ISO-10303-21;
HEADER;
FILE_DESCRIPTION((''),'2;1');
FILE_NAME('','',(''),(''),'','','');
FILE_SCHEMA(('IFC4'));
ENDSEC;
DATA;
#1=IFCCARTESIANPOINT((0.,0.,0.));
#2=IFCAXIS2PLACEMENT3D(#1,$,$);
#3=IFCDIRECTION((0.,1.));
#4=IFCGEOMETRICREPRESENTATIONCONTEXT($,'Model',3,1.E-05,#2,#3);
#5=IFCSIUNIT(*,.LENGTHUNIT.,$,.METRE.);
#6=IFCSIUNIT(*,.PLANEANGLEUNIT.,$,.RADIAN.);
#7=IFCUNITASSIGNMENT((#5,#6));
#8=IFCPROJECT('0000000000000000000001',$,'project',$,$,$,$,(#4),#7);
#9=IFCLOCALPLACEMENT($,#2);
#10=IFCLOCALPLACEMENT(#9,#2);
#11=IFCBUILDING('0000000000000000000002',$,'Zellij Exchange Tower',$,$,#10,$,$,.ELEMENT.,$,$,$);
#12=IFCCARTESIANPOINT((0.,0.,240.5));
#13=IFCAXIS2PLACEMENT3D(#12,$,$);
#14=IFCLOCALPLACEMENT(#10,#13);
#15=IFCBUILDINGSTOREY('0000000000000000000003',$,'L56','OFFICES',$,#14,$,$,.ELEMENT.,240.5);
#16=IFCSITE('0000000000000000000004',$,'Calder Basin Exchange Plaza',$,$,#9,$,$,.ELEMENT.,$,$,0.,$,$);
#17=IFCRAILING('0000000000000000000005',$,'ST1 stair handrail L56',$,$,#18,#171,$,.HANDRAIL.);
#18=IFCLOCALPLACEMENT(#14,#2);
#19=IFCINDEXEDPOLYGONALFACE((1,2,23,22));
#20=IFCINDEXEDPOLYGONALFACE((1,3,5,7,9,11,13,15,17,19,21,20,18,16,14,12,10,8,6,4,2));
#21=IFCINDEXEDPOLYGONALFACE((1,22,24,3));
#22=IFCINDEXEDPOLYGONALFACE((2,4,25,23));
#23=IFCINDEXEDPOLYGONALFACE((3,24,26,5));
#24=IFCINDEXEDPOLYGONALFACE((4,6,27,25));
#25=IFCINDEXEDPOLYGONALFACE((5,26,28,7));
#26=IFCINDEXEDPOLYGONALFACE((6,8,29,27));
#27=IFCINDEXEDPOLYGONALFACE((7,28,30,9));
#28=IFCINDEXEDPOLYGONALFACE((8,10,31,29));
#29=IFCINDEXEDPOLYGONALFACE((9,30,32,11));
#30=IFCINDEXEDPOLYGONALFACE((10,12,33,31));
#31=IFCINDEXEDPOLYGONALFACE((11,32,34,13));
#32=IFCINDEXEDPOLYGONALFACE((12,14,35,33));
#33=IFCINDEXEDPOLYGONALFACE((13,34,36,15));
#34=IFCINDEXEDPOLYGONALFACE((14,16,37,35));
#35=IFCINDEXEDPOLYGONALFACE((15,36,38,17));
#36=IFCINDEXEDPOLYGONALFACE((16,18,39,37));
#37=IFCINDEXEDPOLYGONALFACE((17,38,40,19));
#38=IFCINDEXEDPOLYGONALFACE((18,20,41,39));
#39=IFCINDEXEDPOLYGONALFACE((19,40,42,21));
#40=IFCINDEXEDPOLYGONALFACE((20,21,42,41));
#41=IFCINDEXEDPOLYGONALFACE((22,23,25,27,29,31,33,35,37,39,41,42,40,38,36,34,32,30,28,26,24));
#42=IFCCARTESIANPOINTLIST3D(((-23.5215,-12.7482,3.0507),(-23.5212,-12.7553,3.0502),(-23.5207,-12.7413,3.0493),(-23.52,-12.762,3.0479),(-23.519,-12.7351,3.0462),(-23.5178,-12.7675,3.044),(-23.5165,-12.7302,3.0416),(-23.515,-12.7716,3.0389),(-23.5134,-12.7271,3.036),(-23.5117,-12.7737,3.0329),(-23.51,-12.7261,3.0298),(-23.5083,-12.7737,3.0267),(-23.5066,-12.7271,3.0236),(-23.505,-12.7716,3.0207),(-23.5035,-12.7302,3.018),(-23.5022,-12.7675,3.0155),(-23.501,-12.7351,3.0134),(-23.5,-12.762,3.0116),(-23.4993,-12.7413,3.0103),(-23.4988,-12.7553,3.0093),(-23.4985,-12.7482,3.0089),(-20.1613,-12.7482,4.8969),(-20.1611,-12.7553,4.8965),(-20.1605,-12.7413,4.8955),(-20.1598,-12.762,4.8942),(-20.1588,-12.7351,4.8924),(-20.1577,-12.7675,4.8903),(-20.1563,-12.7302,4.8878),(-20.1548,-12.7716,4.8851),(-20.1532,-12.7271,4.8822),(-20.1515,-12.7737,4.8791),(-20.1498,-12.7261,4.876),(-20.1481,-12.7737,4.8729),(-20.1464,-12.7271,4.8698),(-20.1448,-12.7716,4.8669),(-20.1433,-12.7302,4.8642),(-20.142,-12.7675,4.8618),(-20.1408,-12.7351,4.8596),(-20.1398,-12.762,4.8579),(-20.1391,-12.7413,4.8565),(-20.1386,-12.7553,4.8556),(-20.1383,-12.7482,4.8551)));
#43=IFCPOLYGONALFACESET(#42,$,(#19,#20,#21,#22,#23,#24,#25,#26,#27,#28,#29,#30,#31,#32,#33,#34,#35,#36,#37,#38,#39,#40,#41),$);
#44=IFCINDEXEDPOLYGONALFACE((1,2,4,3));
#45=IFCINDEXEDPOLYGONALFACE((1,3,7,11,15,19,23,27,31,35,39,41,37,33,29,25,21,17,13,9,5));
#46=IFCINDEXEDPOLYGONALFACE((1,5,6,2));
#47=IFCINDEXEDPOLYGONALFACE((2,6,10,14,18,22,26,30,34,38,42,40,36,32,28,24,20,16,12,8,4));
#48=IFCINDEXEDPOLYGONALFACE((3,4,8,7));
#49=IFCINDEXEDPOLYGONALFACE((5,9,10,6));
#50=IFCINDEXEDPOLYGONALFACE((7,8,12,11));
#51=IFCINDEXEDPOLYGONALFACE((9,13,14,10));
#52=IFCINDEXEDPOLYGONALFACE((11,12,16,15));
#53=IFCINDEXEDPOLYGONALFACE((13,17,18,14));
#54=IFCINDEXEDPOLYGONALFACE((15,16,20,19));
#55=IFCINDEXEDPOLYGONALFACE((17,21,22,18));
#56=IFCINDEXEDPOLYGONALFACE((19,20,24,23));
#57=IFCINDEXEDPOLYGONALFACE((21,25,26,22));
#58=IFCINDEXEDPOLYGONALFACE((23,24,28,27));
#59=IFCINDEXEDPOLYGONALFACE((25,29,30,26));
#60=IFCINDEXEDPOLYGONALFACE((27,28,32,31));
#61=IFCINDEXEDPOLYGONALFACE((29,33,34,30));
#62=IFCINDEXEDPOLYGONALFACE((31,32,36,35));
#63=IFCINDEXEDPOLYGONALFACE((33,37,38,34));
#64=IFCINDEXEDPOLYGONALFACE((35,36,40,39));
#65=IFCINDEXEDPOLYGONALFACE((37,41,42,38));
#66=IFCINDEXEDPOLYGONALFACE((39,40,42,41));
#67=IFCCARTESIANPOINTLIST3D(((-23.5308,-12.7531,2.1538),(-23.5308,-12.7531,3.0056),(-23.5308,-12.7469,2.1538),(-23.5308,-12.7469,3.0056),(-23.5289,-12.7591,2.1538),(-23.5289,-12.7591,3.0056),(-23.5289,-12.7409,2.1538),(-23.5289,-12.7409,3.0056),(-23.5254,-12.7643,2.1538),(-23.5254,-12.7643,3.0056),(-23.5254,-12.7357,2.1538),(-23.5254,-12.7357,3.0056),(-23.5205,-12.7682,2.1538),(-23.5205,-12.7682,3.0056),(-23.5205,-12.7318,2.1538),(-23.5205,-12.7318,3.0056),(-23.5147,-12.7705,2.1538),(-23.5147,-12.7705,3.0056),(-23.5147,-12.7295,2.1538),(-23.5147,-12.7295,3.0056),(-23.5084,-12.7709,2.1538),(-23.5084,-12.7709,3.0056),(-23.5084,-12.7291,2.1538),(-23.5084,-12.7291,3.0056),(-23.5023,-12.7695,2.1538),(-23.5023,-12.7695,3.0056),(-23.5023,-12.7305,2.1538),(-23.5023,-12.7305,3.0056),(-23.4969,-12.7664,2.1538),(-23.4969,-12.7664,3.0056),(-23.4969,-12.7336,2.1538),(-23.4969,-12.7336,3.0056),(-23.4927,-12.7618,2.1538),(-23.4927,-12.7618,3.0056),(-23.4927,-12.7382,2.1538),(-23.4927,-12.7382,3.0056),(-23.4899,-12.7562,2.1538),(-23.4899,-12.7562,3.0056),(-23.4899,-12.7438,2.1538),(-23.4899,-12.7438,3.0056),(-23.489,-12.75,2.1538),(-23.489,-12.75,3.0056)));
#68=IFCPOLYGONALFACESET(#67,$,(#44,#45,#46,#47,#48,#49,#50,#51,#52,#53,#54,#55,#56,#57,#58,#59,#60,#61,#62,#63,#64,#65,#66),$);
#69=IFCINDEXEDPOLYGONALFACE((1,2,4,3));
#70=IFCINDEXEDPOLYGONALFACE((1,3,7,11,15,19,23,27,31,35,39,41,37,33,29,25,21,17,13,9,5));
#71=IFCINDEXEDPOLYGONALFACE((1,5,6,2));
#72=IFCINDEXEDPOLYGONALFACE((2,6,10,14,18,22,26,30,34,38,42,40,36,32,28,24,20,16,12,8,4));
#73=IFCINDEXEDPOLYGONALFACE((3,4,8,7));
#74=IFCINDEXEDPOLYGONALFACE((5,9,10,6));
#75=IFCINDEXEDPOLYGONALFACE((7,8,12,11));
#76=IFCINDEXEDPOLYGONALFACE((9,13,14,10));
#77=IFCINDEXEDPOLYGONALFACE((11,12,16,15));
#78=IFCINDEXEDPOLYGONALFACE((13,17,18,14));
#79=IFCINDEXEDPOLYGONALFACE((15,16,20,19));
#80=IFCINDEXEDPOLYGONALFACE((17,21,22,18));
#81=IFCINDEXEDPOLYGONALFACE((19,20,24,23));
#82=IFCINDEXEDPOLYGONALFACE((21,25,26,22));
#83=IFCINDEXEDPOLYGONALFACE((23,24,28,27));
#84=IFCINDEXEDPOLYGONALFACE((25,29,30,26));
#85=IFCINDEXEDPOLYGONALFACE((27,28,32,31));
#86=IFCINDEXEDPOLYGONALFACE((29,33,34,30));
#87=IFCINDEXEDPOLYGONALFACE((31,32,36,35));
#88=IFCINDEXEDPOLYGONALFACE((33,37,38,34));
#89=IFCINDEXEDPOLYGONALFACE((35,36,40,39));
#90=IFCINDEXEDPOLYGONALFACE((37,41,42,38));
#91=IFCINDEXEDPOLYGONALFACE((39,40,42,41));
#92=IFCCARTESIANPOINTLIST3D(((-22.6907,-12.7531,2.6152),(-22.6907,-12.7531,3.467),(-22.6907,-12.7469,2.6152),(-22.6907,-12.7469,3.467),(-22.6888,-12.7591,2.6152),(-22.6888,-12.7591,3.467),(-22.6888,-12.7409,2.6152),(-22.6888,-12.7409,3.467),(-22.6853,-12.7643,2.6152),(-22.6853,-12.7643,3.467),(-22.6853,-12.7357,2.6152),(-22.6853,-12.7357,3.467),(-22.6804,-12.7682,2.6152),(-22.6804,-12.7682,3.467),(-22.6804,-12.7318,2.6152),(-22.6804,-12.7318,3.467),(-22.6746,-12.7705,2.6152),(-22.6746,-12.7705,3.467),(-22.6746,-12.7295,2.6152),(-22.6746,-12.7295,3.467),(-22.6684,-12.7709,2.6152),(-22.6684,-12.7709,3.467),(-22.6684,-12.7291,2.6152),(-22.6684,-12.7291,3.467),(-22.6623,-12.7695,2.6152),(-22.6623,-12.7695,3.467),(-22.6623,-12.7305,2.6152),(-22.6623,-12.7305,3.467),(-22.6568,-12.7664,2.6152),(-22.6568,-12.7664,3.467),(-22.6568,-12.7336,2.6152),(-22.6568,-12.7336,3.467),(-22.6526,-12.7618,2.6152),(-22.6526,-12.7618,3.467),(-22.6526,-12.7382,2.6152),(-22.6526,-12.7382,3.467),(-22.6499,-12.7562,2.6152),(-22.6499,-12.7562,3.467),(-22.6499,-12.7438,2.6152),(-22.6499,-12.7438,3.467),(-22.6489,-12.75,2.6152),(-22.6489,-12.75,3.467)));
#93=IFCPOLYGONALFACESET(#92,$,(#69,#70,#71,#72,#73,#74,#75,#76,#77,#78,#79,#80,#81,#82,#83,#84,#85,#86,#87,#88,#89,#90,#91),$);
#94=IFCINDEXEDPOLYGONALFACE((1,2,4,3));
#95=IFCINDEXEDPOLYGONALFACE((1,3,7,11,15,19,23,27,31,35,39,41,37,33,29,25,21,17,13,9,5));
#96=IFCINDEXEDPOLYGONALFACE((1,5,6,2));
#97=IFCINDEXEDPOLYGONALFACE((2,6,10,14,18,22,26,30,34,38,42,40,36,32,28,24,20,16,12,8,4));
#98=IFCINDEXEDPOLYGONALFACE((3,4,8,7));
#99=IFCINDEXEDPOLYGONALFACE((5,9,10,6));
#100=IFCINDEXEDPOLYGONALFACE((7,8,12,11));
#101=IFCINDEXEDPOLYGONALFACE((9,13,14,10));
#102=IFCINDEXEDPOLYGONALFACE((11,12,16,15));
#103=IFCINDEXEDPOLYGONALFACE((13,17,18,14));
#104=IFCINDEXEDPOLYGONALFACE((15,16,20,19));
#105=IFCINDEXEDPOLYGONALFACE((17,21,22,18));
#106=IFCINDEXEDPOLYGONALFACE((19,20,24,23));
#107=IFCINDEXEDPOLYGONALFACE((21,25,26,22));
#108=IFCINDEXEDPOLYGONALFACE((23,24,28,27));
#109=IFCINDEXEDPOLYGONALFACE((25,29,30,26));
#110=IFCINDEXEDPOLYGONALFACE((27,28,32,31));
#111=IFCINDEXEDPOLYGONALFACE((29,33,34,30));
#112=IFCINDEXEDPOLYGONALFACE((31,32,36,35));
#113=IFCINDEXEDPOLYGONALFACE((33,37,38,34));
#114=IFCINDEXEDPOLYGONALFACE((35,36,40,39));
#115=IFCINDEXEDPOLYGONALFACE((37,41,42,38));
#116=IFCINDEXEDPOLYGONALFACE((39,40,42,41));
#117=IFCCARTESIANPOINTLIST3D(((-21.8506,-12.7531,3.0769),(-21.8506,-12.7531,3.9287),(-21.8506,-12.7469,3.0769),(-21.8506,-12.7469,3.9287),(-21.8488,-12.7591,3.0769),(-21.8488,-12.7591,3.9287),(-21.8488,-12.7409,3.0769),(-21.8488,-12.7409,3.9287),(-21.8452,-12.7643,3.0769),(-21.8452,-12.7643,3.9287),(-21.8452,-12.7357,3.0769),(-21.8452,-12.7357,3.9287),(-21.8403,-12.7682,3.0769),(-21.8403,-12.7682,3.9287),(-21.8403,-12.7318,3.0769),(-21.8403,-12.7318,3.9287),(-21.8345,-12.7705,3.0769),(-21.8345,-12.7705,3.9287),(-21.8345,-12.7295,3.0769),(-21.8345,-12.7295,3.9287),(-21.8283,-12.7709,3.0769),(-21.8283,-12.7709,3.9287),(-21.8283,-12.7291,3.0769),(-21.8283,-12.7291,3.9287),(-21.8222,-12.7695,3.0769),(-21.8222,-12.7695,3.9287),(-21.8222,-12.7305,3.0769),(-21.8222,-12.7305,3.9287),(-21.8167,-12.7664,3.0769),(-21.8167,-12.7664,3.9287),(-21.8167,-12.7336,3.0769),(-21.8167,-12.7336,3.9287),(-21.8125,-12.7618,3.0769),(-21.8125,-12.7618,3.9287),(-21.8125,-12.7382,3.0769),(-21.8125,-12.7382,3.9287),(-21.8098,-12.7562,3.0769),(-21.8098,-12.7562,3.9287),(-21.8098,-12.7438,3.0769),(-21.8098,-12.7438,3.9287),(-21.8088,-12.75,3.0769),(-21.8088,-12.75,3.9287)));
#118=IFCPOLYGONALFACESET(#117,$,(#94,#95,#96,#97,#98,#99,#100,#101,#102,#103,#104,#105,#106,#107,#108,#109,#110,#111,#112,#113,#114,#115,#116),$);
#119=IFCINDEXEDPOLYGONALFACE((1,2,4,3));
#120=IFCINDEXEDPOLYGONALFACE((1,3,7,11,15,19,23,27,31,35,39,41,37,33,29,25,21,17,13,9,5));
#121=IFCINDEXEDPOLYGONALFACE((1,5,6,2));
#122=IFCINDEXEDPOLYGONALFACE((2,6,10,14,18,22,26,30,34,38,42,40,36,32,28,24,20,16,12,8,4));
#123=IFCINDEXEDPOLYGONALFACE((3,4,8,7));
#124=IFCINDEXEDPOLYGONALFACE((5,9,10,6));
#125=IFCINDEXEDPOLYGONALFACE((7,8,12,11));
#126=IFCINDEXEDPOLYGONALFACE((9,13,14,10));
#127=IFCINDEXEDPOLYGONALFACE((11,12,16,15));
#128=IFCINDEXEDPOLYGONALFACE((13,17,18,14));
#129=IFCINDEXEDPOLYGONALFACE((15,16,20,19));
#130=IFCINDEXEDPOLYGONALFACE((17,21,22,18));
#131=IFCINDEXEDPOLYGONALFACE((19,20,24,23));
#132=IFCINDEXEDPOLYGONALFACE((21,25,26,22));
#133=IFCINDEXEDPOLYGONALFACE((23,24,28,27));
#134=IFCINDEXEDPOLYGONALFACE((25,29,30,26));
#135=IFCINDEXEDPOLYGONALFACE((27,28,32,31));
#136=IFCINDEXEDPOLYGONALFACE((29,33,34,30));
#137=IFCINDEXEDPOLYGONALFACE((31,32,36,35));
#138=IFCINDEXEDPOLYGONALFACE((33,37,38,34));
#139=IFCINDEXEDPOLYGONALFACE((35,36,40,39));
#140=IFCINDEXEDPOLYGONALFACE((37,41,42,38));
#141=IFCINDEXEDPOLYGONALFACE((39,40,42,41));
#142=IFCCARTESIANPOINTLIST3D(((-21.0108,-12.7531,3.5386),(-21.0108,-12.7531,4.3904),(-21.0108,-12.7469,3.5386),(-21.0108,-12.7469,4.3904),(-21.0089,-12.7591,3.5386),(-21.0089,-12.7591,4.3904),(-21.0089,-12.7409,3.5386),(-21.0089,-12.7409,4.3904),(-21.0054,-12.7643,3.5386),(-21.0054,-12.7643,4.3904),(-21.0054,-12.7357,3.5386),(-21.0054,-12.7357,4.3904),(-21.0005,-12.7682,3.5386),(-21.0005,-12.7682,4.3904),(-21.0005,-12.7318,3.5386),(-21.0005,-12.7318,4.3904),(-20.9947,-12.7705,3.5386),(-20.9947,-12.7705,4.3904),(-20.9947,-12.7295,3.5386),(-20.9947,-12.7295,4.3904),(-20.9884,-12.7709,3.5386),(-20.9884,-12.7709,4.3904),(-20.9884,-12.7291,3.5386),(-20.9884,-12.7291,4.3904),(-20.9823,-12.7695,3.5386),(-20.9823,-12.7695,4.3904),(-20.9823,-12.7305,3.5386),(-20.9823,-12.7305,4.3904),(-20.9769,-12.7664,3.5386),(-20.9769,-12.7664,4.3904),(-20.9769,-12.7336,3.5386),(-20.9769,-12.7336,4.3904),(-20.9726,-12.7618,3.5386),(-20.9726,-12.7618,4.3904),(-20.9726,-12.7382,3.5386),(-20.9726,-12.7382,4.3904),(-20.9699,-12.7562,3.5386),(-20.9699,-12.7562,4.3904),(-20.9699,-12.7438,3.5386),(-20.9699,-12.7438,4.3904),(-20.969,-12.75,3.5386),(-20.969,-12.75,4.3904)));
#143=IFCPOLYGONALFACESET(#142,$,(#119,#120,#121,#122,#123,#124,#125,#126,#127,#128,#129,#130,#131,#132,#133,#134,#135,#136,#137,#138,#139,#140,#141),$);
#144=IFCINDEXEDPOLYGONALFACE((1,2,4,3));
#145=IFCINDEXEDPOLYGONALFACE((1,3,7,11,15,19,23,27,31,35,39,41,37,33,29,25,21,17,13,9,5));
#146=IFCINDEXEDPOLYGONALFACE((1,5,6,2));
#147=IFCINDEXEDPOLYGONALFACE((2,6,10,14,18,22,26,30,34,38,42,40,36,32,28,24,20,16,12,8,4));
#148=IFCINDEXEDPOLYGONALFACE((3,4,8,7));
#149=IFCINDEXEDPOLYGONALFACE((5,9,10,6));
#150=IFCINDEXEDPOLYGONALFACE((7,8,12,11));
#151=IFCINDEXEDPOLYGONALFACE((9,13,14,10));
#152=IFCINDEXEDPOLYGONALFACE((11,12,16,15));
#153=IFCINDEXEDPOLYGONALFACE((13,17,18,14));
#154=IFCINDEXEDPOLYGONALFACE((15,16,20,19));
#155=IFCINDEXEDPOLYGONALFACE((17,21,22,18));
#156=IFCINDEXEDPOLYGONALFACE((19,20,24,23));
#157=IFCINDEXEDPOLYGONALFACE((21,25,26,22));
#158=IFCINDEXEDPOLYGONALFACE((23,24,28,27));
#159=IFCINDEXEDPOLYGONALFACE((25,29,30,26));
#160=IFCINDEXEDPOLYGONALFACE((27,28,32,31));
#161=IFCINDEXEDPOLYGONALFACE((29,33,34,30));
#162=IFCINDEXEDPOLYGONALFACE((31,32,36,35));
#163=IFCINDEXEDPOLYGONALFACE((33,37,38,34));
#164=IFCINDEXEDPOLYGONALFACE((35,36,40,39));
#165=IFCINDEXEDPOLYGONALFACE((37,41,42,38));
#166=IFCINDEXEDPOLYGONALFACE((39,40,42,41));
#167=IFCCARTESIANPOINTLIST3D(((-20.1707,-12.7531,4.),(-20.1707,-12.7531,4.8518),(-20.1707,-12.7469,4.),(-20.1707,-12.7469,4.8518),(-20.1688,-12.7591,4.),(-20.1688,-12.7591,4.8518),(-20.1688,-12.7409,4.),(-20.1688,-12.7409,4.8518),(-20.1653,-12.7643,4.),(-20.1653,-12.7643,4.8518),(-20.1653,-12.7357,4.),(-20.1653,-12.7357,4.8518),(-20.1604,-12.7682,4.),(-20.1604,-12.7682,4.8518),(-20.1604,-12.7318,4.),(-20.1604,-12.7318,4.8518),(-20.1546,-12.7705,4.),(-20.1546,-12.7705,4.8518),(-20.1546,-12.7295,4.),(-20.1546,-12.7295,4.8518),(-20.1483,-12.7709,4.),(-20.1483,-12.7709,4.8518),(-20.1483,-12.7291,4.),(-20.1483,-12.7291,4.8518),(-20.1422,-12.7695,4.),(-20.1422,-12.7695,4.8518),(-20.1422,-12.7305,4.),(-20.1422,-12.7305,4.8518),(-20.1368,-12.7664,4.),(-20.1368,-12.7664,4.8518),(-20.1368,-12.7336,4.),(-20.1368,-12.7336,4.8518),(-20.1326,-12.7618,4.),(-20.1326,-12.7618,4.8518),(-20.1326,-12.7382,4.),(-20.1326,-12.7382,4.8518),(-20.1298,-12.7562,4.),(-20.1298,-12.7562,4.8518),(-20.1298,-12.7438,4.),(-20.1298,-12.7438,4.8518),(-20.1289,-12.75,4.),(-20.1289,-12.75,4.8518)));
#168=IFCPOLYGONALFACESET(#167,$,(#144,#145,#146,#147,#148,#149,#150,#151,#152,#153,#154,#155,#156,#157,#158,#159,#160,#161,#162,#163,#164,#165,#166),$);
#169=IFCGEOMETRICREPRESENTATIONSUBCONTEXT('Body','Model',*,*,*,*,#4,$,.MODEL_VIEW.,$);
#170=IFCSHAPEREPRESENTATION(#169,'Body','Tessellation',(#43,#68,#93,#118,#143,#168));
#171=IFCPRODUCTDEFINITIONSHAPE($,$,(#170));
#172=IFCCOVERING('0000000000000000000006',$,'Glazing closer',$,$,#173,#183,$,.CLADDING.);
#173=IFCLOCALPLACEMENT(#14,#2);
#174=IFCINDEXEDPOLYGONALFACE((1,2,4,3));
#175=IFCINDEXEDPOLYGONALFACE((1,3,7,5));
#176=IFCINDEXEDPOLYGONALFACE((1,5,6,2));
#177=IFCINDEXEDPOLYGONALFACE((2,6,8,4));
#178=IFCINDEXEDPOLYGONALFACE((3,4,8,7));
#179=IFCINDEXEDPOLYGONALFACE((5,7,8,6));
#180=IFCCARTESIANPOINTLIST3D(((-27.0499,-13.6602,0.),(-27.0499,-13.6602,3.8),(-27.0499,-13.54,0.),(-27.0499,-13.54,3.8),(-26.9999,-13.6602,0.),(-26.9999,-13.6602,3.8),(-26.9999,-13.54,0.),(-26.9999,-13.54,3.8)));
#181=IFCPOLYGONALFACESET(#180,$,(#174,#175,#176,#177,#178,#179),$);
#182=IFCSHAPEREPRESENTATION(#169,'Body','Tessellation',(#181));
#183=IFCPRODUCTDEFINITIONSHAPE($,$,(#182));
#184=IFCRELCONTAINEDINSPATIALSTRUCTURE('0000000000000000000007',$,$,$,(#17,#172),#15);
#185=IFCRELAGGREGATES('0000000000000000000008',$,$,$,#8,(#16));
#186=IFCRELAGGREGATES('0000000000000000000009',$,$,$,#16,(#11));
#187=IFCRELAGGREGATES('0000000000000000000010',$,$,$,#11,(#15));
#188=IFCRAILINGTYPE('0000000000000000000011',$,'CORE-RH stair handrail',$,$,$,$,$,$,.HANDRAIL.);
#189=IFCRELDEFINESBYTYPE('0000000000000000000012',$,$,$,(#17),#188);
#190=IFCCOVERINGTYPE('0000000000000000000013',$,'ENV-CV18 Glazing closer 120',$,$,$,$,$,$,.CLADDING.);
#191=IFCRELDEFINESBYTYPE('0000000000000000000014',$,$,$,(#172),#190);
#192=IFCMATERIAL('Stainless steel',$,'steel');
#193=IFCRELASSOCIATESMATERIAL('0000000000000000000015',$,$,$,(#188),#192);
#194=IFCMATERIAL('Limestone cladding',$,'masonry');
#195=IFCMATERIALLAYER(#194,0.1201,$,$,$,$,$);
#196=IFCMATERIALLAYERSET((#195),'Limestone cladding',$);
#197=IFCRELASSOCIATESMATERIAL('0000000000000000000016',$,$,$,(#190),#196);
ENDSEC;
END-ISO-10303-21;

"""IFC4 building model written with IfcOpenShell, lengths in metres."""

from ifc_helpers import new_model, si_unit, direction, frame, origin, origin_2d, place, context, subcontext, project, spatial, rectangle, circle, extrude, material, layer, layer_set, type_object, element, save


model = new_model("IFC4")

# Units and contexts
model_context = context("Model", 3, precision=1e-05, world=origin(), true_north=direction((0.0, 1.0)))
body_context = subcontext(model_context, "Body", "Model", "MODEL_VIEW")
ifc_project = project(units=[si_unit("LENGTHUNIT", "METRE"), si_unit("PLANEANGLEUNIT", "RADIAN")], contexts=[model_context])

# Site, building, storey
site_placement = place(None, origin())
site = spatial("IfcSite", under=ifc_project, at=site_placement, Name="Calder Basin Exchange Plaza", CompositionType="ELEMENT", RefElevation=0.0)
building_placement = place(site_placement, origin())
building = spatial("IfcBuilding", under=site, at=building_placement, Name="Zellij Exchange Tower", CompositionType="ELEMENT")
storey_placement = place(building_placement, frame((0.0, 0.0, 240.5)))
storey = spatial("IfcBuildingStorey", under=building, at=storey_placement, Name="L56", Description="OFFICES", CompositionType="ELEMENT", Elevation=240.5)

# Railing
ifc_material_1 = material(Name="Stainless steel", Category="steel")
railing_type = type_object("IfcRailingType", Name="CORE-RH stair handrail", PredefinedType="HANDRAIL", material=ifc_material_1)
railing_placement = place(storey_placement, frame((-23.51, -12.75, 2.1538)))
element("IfcRailing", 1, at=railing_placement, inside=storey, type_object=railing_type, Name="ST1 stair handrail L56", PredefinedType="HANDRAIL", context=body_context, shape_type="SweptSolid", body=[
    extrude(circle(Radius=0.0239, at=origin_2d()), frame((0.0, 0.0, 0.876), z_axis=(0.876422, 0.0, 0.481545), x_axis=(0.0, 1.0, 0.0)), (0.0, 0.0, 1.0), 3.834),
    extrude(circle(Radius=0.021, at=origin_2d()), origin(), (0.0, 0.0, 1.0), 0.8518),
    extrude(circle(Radius=0.021, at=origin_2d()), frame((0.8401, 0.0, 0.4614)), (0.0, 0.0, 1.0), 0.8518),
    extrude(circle(Radius=0.021, at=origin_2d()), frame((1.6802, 0.0, 0.9231)), (0.0, 0.0, 1.0), 0.8518),
    extrude(circle(Radius=0.021, at=origin_2d()), frame((2.52, 0.0, 1.3848)), (0.0, 0.0, 1.0), 0.8518),
    extrude(circle(Radius=0.021, at=origin_2d()), frame((3.3601, 0.0, 1.8462)), (0.0, 0.0, 1.0), 0.8518),
])

# Covering
ifc_material_2 = material(Name="Limestone cladding", Category="masonry")
ifc_layer_1 = layer(ifc_material_2, 0.1201)
ifc_layer_set_1 = layer_set([ifc_layer_1], Name="Limestone cladding")
covering_type_1 = type_object("IfcCoveringType", Name="ENV-CV18 Glazing closer 120", PredefinedType="CLADDING", material=ifc_layer_set_1)
covering_1_placement = place(storey_placement, frame((-27.0249, -13.6001, 0.0), z_axis=(0.0, 0.0, 1.0), x_axis=(1.0, 0.0, 0.0)))
element("IfcCovering", 2, at=covering_1_placement, inside=storey, type_object=covering_type_1, Name="Glazing closer", PredefinedType="CLADDING", context=body_context, shape_type="SweptSolid", body=[
    extrude(rectangle(XDim=0.05, YDim=0.1201, at=origin_2d()), origin(), (0.0, 0.0, 1.0), 3.8),
])

save(model, "model.ifc")
